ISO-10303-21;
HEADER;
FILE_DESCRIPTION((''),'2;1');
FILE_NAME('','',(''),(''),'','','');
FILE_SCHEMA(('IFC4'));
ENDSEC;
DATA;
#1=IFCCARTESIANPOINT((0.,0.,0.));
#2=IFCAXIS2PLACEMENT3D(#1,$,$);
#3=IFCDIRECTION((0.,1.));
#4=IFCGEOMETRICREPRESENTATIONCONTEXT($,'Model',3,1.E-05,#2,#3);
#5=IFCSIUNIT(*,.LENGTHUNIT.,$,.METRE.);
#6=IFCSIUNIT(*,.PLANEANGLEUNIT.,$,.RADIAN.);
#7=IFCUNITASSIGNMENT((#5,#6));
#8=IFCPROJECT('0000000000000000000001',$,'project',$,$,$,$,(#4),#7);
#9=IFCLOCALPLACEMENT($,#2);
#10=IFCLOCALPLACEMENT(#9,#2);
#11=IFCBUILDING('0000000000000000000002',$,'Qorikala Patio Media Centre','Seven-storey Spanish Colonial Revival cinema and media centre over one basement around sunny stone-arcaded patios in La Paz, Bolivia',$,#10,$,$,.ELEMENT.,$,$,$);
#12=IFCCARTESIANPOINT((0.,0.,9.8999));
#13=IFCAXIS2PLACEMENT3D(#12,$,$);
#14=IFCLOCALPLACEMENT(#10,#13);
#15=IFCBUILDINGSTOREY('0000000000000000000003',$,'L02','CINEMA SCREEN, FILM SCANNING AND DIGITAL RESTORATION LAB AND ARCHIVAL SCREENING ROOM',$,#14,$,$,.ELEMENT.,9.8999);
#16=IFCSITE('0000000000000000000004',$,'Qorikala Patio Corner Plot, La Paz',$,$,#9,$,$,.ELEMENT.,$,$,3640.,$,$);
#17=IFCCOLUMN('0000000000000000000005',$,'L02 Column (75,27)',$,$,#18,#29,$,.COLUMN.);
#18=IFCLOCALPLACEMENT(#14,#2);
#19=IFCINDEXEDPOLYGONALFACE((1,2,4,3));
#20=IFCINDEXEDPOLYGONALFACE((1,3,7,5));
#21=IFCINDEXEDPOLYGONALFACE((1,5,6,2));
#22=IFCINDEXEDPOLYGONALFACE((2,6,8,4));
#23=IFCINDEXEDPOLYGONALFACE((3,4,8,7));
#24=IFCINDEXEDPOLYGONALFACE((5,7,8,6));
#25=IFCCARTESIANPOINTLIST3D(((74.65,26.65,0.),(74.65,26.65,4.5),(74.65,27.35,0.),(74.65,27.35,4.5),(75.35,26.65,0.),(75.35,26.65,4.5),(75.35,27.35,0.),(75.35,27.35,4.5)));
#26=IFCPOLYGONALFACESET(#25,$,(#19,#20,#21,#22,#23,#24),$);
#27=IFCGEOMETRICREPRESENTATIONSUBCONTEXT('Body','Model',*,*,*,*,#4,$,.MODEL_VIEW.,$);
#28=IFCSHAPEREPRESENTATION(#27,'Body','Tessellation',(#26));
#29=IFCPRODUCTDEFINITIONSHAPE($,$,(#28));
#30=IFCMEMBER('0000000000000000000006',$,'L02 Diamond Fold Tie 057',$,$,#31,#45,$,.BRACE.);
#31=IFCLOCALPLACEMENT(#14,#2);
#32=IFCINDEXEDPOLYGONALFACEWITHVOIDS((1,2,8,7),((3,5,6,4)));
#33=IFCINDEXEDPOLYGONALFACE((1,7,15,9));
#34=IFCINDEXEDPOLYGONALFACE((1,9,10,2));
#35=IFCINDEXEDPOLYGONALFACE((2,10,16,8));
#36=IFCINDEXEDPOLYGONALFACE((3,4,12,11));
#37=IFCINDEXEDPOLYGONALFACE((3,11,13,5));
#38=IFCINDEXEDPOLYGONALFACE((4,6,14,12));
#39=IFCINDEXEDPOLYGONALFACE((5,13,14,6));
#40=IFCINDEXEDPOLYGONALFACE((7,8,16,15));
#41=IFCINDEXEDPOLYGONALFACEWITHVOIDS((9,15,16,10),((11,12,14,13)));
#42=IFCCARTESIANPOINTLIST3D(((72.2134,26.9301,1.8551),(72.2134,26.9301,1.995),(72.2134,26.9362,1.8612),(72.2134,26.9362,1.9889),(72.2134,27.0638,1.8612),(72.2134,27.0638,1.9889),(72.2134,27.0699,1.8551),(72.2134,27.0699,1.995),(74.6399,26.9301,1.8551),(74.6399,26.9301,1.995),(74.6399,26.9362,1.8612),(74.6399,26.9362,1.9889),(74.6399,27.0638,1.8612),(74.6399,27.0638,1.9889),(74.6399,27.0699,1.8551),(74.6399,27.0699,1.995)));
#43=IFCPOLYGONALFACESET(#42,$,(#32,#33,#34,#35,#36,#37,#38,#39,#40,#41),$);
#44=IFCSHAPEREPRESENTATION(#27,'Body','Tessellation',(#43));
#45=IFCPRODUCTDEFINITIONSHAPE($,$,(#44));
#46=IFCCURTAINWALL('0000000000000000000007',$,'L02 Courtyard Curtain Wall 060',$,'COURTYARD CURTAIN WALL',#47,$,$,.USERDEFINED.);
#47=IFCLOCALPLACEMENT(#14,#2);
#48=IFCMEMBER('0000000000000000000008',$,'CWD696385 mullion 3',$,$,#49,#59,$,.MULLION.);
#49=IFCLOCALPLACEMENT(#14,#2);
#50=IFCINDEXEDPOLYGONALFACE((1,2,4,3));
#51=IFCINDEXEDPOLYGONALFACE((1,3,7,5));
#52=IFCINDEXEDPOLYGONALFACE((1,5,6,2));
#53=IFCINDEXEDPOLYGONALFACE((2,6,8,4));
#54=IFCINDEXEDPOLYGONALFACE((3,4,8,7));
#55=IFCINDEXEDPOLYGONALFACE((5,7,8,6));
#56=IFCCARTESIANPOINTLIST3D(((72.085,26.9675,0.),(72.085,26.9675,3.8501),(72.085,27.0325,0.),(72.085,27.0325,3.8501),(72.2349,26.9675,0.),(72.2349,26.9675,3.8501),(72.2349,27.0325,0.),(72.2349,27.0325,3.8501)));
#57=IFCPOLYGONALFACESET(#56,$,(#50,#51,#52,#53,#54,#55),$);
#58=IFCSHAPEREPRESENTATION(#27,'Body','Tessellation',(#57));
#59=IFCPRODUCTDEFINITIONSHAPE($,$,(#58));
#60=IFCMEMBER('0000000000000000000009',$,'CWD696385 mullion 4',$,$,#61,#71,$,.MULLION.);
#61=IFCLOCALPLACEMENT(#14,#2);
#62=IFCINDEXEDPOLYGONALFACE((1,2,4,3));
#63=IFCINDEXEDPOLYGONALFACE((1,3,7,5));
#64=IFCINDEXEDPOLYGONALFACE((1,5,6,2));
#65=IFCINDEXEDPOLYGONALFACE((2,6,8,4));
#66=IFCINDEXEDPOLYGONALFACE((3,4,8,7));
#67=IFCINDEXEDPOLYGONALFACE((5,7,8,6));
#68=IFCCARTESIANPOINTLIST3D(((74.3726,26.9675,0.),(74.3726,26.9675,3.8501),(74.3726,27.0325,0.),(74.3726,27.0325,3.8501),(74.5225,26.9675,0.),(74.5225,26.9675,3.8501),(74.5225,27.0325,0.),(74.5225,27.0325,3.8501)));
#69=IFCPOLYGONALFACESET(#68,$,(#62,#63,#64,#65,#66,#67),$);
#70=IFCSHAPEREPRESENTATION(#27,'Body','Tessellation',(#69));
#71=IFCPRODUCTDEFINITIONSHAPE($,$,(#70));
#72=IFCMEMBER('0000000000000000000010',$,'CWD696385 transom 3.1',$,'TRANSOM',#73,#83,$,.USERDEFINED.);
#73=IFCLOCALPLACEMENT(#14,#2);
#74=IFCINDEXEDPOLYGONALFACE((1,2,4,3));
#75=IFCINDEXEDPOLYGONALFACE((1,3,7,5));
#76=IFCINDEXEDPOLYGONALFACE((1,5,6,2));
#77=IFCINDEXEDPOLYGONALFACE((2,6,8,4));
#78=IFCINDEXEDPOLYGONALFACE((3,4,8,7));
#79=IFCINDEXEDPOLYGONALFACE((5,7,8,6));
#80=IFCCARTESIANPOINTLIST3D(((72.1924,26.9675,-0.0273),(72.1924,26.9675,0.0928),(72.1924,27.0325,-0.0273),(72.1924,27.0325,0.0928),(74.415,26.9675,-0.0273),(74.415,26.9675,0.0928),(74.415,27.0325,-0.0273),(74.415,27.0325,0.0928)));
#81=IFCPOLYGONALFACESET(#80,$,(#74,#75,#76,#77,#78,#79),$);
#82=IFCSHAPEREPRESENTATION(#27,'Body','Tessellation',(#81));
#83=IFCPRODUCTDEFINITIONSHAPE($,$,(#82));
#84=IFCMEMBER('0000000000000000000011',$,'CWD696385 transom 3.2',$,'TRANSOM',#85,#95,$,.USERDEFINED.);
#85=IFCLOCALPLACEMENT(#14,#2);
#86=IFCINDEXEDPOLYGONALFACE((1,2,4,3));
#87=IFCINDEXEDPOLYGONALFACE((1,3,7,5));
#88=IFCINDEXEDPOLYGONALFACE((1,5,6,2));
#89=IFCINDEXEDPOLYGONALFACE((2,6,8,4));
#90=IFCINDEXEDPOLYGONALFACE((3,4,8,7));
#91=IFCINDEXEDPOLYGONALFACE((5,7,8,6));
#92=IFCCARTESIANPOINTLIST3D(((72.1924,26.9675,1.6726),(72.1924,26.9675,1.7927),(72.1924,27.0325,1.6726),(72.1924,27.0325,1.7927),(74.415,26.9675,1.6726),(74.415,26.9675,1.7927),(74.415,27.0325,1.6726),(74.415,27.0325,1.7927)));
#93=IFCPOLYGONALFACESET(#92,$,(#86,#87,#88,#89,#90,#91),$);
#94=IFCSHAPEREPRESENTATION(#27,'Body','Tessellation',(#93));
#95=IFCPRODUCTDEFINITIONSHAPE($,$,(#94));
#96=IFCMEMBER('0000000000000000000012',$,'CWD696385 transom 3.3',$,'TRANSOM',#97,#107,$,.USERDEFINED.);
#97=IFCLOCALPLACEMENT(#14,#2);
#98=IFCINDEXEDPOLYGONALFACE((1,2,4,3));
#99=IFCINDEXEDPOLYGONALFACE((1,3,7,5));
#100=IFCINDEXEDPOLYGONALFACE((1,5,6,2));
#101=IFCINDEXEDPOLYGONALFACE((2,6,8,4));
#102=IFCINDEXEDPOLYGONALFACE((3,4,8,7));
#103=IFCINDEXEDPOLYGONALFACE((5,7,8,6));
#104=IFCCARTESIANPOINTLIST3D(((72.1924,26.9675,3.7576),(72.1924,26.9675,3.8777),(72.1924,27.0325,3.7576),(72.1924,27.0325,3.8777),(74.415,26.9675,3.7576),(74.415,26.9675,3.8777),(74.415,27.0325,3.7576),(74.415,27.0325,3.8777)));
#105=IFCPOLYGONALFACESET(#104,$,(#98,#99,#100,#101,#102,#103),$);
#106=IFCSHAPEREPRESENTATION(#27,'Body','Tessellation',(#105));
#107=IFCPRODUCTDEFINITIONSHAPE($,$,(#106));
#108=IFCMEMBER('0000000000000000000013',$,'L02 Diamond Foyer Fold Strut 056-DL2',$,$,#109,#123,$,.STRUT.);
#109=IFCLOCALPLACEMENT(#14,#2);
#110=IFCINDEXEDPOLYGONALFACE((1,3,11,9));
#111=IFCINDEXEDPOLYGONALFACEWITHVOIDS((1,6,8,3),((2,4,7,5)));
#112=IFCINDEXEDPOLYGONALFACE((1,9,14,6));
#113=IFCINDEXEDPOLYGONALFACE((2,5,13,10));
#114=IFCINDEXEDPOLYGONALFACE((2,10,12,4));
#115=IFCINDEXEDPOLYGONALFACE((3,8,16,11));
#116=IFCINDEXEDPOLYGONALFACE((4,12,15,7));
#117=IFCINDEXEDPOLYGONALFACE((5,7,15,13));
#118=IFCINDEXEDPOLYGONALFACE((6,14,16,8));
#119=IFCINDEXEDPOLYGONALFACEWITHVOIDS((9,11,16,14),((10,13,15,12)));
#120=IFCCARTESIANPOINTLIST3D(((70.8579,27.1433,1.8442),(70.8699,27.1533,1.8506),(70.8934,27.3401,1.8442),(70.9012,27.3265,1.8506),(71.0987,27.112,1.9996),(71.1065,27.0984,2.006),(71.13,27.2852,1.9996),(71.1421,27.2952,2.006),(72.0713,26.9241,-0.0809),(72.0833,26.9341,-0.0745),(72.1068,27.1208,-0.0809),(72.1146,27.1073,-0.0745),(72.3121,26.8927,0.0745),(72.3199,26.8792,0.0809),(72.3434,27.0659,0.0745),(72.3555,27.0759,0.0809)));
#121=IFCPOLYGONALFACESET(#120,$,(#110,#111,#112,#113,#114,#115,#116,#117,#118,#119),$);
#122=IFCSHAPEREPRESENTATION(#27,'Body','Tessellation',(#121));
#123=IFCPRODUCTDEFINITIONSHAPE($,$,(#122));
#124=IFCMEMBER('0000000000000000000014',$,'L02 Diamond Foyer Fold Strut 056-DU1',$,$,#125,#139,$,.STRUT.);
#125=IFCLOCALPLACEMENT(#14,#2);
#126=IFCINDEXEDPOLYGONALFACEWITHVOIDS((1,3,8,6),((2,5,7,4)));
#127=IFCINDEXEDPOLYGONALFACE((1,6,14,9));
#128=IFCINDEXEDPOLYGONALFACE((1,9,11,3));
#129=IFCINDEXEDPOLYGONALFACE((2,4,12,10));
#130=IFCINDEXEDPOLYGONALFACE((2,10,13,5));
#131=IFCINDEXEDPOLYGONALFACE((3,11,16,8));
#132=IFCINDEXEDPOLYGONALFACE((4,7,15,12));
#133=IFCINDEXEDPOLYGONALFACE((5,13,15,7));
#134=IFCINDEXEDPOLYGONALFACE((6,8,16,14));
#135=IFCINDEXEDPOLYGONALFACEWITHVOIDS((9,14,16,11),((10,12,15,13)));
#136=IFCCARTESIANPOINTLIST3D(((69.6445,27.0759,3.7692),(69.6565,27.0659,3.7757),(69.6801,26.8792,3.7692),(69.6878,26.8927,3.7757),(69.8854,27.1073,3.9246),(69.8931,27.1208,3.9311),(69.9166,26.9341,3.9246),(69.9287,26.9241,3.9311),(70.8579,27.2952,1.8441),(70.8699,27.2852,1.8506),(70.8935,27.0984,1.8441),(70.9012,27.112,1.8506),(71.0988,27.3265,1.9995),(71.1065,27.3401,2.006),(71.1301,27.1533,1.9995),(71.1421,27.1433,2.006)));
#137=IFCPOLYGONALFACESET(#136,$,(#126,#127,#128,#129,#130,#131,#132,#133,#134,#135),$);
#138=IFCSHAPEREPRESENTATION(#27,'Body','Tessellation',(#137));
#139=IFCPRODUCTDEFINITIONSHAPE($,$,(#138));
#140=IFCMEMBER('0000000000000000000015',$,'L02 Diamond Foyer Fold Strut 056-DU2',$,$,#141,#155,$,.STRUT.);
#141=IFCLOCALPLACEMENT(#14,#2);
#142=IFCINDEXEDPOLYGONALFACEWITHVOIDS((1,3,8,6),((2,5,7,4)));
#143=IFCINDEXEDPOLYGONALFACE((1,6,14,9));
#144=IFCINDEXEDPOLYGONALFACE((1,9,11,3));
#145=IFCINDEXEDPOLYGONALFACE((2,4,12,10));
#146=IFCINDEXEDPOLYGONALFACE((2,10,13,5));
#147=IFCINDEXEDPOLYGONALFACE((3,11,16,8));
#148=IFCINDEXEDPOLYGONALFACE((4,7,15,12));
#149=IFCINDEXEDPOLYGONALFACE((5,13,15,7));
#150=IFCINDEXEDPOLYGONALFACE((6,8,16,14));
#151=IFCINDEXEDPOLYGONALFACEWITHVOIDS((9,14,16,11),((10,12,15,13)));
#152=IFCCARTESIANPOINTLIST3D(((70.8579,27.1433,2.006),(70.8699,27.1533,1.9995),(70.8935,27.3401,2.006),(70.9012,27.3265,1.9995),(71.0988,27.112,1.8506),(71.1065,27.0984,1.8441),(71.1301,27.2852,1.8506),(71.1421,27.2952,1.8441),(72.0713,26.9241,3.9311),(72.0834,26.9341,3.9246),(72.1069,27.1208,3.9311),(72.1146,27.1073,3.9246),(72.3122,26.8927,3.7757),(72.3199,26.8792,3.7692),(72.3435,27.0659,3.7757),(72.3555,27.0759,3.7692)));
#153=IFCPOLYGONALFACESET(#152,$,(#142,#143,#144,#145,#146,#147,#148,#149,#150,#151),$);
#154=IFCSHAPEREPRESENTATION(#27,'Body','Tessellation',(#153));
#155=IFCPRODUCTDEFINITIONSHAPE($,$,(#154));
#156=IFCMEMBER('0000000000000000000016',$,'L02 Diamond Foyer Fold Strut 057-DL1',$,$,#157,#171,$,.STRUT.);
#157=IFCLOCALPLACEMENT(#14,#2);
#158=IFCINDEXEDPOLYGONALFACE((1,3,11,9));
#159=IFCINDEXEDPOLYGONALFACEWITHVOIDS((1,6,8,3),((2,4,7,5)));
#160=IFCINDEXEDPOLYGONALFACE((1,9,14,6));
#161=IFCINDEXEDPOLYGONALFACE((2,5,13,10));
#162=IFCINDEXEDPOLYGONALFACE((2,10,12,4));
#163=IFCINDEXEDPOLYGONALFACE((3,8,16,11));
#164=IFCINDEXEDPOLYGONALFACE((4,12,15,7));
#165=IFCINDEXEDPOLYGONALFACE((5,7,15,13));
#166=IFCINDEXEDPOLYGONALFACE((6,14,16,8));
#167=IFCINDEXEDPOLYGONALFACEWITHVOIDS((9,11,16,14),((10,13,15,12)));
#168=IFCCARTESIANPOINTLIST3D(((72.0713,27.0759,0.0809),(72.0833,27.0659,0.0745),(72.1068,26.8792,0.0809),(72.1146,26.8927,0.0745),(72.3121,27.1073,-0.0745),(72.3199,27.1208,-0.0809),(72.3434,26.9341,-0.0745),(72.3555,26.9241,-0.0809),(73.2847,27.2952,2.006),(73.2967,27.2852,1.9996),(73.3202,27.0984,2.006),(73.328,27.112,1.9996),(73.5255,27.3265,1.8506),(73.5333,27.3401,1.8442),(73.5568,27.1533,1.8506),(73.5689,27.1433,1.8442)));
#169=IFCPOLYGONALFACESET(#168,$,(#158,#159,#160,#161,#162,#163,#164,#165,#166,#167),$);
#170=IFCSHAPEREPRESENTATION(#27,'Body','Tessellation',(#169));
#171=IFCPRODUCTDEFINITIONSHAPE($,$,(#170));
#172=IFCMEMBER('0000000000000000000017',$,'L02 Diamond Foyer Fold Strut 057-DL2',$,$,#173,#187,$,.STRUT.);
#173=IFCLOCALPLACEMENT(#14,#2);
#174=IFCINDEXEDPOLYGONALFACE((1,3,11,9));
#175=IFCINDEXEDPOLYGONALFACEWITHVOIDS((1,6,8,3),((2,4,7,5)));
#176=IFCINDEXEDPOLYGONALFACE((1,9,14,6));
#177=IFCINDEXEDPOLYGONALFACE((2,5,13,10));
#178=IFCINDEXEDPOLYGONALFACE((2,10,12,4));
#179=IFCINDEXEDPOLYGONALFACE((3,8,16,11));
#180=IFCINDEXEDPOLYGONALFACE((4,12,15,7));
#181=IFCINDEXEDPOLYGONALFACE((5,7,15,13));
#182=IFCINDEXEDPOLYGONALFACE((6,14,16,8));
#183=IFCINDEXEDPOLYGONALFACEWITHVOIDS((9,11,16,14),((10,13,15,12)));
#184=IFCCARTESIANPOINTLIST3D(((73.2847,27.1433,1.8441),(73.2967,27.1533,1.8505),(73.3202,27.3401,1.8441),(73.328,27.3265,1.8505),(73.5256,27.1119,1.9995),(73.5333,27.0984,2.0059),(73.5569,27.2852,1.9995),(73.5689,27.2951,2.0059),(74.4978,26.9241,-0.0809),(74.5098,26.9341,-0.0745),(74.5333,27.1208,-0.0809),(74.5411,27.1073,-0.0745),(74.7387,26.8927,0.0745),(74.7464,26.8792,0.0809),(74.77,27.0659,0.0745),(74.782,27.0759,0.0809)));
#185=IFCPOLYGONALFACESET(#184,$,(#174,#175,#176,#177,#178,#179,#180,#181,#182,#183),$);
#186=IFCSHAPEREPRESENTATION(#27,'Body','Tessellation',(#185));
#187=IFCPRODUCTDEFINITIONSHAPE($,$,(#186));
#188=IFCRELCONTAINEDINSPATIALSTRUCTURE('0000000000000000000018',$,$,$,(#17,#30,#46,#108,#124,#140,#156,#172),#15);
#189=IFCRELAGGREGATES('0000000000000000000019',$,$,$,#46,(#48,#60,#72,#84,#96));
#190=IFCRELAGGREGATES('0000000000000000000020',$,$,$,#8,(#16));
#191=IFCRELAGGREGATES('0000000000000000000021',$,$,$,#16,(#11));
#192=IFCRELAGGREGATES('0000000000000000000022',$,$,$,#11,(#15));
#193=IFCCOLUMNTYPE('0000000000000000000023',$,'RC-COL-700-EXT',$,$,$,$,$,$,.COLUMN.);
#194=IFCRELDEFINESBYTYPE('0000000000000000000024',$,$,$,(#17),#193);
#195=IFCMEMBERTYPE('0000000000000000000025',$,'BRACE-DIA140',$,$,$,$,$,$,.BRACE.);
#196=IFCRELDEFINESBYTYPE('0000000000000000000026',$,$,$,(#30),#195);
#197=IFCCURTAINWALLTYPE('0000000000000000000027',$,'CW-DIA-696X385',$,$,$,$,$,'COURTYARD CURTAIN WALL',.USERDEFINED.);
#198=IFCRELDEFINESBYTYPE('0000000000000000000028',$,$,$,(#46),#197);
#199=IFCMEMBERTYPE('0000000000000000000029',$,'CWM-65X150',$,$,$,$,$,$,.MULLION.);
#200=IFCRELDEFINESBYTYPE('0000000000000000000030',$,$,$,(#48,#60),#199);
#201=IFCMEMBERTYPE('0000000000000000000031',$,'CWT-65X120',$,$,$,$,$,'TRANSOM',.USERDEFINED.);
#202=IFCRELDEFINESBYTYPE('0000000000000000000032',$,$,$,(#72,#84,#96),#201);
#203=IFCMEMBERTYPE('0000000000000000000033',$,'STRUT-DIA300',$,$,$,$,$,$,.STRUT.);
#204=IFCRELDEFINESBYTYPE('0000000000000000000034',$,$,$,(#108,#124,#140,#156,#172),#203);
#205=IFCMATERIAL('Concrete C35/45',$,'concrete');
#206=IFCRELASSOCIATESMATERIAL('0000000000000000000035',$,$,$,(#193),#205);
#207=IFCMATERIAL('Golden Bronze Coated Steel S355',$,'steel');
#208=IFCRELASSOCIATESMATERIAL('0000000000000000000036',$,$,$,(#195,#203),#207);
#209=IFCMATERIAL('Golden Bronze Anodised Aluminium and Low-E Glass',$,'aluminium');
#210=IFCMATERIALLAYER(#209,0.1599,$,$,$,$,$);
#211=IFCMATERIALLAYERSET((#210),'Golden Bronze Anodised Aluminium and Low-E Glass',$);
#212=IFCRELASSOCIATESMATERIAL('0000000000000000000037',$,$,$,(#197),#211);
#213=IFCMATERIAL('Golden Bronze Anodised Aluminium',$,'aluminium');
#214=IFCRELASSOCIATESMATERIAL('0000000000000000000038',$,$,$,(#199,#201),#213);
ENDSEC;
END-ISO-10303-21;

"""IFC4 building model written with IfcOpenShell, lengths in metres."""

from ifc_helpers import new_model, si_unit, direction, frame, origin, origin_2d, place, context, subcontext, project, spatial, rectangle, hollow_rectangle, extrude, material, layer, layer_set, material_profile, profile_set, type_object, element, aggregate, save


model = new_model("IFC4")

# Units and contexts
model_context = context("Model", 3, precision=1e-05, world=origin(), true_north=direction((0.0, 1.0)))
body_context = subcontext(model_context, "Body", "Model", "MODEL_VIEW")
ifc_project = project(units=[si_unit("LENGTHUNIT", "METRE"), si_unit("PLANEANGLEUNIT", "RADIAN")], contexts=[model_context])

# Site, building, storey
site_placement = place(None, origin())
site = spatial("IfcSite", under=ifc_project, at=site_placement, Name="Qorikala Patio Corner Plot, La Paz", CompositionType="ELEMENT", RefElevation=3640.0)
building_placement = place(site_placement, origin())
building = spatial("IfcBuilding", under=site, at=building_placement, Name="Qorikala Patio Media Centre", Description="Seven-storey Spanish Colonial Revival cinema and media centre over one basement around sunny stone-arcaded patios in La Paz, Bolivia", CompositionType="ELEMENT")
storey_placement = place(building_placement, frame((0.0, 0.0, 9.8999)))
storey = spatial("IfcBuildingStorey", under=building, at=storey_placement, Name="L02", Description="CINEMA SCREEN, FILM SCANNING AND DIGITAL RESTORATION LAB AND ARCHIVAL SCREENING ROOM", CompositionType="ELEMENT", Elevation=9.8999)

# Column
ifc_material_1 = material(Name="Concrete C35/45", Category="concrete")
ifc_material_profile_1 = material_profile(ifc_material_1, rectangle(XDim=0.7, YDim=0.7, at=origin_2d()), Name="RC 700x700")
ifc_profile_set_1 = profile_set([ifc_material_profile_1], Name="Concrete C35/45")
column_type = type_object("IfcColumnType", Name="RC-COL-700-EXT", PredefinedType="COLUMN", material=ifc_profile_set_1)
column_placement = place(storey_placement, frame((75.0, 27.0, 0.0), z_axis=(0.0, 0.0, 1.0), x_axis=(1.0, 0.0, 0.0)))
element("IfcColumn", 1, at=column_placement, inside=storey, type_object=column_type, Name="L02 Column (75,27)", PredefinedType="COLUMN", context=body_context, shape_type="SweptSolid", body=[
    extrude(rectangle(XDim=0.7, YDim=0.7, at=origin_2d()), origin(), (0.0, 0.0, 1.0), 4.5),
])

# Member
ifc_material_2 = material(Name="Golden Bronze Coated Steel S355", Category="steel")
ifc_material_profile_2 = material_profile(ifc_material_2, hollow_rectangle(XDim=0.1399, YDim=0.1399, WallThickness=0.0061, at=origin_2d()), Name="HSS140X140X6")
ifc_profile_set_2 = profile_set([ifc_material_profile_2], Name="Golden Bronze Coated Steel S355")
member_type_1 = type_object("IfcMemberType", Name="BRACE-DIA140", PredefinedType="BRACE", material=ifc_profile_set_2)
member_1_placement = place(storey_placement, frame((72.2134, 27.0, 1.925), z_axis=(1.0, 0.0, 0.0), x_axis=(0.0, 1.0, 0.0)))
element("IfcMember", 2, at=member_1_placement, inside=storey, type_object=member_type_1, Name="L02 Diamond Fold Tie 057", PredefinedType="BRACE", context=body_context, shape_type="SweptSolid", body=[
    extrude(hollow_rectangle(XDim=0.1399, YDim=0.1399, WallThickness=0.0061, at=origin_2d()), origin(), (0.0, 0.0, 1.0), 2.4265),
])

# Curtain wall, members
ifc_material_3 = material(Name="Golden Bronze Anodised Aluminium and Low-E Glass", Category="aluminium")
ifc_layer_1 = layer(ifc_material_3, 0.1599)
ifc_layer_set_1 = layer_set([ifc_layer_1], Name="Golden Bronze Anodised Aluminium and Low-E Glass")
curtain_wall_type = type_object("IfcCurtainWallType", Name="CW-DIA-696X385", ElementType="COURTYARD CURTAIN WALL", PredefinedType="USERDEFINED", material=ifc_layer_set_1)
curtain_wall_placement = place(storey_placement, origin())
curtain_wall = element("IfcCurtainWall", 3, at=curtain_wall_placement, inside=storey, type_object=curtain_wall_type, Name="L02 Courtyard Curtain Wall 060", ObjectType="COURTYARD CURTAIN WALL", PredefinedType="USERDEFINED")
ifc_material_4 = material(Name="Golden Bronze Anodised Aluminium", Category="aluminium")
ifc_material_profile_3 = material_profile(ifc_material_4, rectangle(XDim=0.0649, YDim=0.1499, at=origin_2d()), Name="ALU MULLION 65x150")
ifc_profile_set_3 = profile_set([ifc_material_profile_3], Name="Golden Bronze Anodised Aluminium")
member_type_2 = type_object("IfcMemberType", Name="CWM-65X150", PredefinedType="MULLION", material=ifc_profile_set_3)
member_2_placement = place(storey_placement, frame((72.1599, 27.0, 0.0), z_axis=(0.0, 0.0, 1.0), x_axis=(0.0, 1.0, 0.0)))
member_2 = element("IfcMember", 4, at=member_2_placement, type_object=member_type_2, Name="CWD696385 mullion 3", PredefinedType="MULLION", context=body_context, shape_type="SweptSolid", body=[
    extrude(rectangle(XDim=0.0649, YDim=0.1499, at=origin_2d()), origin(), (0.0, 0.0, 1.0), 3.8501),
])
member_3_placement = place(storey_placement, frame((74.4475, 27.0, 0.0), z_axis=(0.0, 0.0, 1.0), x_axis=(0.0, 1.0, 0.0)))
member_3 = element("IfcMember", 5, at=member_3_placement, type_object=member_type_2, Name="CWD696385 mullion 4", PredefinedType="MULLION", context=body_context, shape_type="SweptSolid", body=[
    extrude(rectangle(XDim=0.0649, YDim=0.1499, at=origin_2d()), origin(), (0.0, 0.0, 1.0), 3.8501),
])
ifc_material_profile_4 = material_profile(ifc_material_4, rectangle(XDim=0.0649, YDim=0.1201, at=origin_2d()), Name="ALU TRANSOM 65x120")
ifc_profile_set_4 = profile_set([ifc_material_profile_4], Name="Golden Bronze Anodised Aluminium")
member_type_3 = type_object("IfcMemberType", Name="CWT-65X120", ElementType="TRANSOM", PredefinedType="USERDEFINED", material=ifc_profile_set_4)
member_4_placement = place(storey_placement, frame((72.1924, 27.0, 0.0327), z_axis=(1.0, 0.0, 0.0), x_axis=(0.0, 1.0, 0.0)))
member_4 = element("IfcMember", 6, at=member_4_placement, type_object=member_type_3, Name="CWD696385 transom 3.1", ObjectType="TRANSOM", PredefinedType="USERDEFINED", context=body_context, shape_type="SweptSolid", body=[
    extrude(rectangle(XDim=0.0649, YDim=0.1201, at=origin_2d()), origin(), (0.0, 0.0, 1.0), 2.2227),
])
member_5_placement = place(storey_placement, frame((72.1924, 27.0, 1.7327), z_axis=(1.0, 0.0, 0.0), x_axis=(0.0, 1.0, 0.0)))
member_5 = element("IfcMember", 7, at=member_5_placement, type_object=member_type_3, Name="CWD696385 transom 3.2", ObjectType="TRANSOM", PredefinedType="USERDEFINED", context=body_context, shape_type="SweptSolid", body=[
    extrude(rectangle(XDim=0.0649, YDim=0.1201, at=origin_2d()), origin(), (0.0, 0.0, 1.0), 2.2227),
])
member_6_placement = place(storey_placement, frame((72.1924, 27.0, 3.8176), z_axis=(1.0, 0.0, 0.0), x_axis=(0.0, 1.0, 0.0)))
member_6 = element("IfcMember", 8, at=member_6_placement, type_object=member_type_3, Name="CWD696385 transom 3.3", ObjectType="TRANSOM", PredefinedType="USERDEFINED", context=body_context, shape_type="SweptSolid", body=[
    extrude(rectangle(XDim=0.0649, YDim=0.1201, at=origin_2d()), origin(), (0.0, 0.0, 1.0), 2.2227),
])

# Members
ifc_material_profile_5 = material_profile(ifc_material_2, hollow_rectangle(XDim=0.2, YDim=0.3, WallThickness=0.012, at=origin_2d()), Name="HSS300X200X12")
ifc_profile_set_5 = profile_set([ifc_material_profile_5], Name="Golden Bronze Coated Steel S355")
member_type_4 = type_object("IfcMemberType", Name="STRUT-DIA300", PredefinedType="STRUT", material=ifc_profile_set_5)
for number, where, z_axis, x_axis, name in (
    (9, (72.2134, 27.0, 0.0), (-0.530768, 0.095901, 0.842074), (-0.177805, -0.984066, 0.0), "L02 Diamond Foyer Fold Strut 056-DL2"),
    (10, (71.0, 27.2192, 1.925), (-0.530768, -0.095901, 0.842074), (0.177805, -0.984066, 0.0), "L02 Diamond Foyer Fold Strut 056-DU1"),
    (11, (71.0, 27.2192, 1.925), (0.530768, -0.095901, 0.842074), (0.177805, 0.984066, 0.0), "L02 Diamond Foyer Fold Strut 056-DU2"),
    (12, (72.2134, 27.0, 0.0), (0.530768, 0.095901, 0.842074), (-0.177805, 0.984066, 0.0), "L02 Diamond Foyer Fold Strut 057-DL1"),
):
    element("IfcMember", number, at=place(storey_placement, frame(where, z_axis=z_axis, x_axis=x_axis)), inside=storey, type_object=member_type_4, Name=name, PredefinedType="STRUT", context=body_context, shape_type="SweptSolid", body=[
        extrude(hollow_rectangle(XDim=0.2, YDim=0.3, WallThickness=0.012, at=origin_2d()), origin(), (0.0, 0.0, 1.0), 2.2861),
    ])
member_7_placement = place(storey_placement, frame((74.6399, 27.0, 0.0), z_axis=(-0.530691, 0.095907, 0.842121), x_axis=(-0.17784, -0.984059, 0.0)))
element("IfcMember", 13, at=member_7_placement, inside=storey, type_object=member_type_4, Name="L02 Diamond Foyer Fold Strut 057-DL2", PredefinedType="STRUT", context=body_context, shape_type="SweptSolid", body=[
    extrude(hollow_rectangle(XDim=0.2, YDim=0.3, WallThickness=0.012, at=origin_2d()), origin(), (0.0, 0.0, 1.0), 2.2859),
])

aggregate(curtain_wall, [member_2, member_3, member_4, member_5, member_6])

save(model, "model.ifc")
